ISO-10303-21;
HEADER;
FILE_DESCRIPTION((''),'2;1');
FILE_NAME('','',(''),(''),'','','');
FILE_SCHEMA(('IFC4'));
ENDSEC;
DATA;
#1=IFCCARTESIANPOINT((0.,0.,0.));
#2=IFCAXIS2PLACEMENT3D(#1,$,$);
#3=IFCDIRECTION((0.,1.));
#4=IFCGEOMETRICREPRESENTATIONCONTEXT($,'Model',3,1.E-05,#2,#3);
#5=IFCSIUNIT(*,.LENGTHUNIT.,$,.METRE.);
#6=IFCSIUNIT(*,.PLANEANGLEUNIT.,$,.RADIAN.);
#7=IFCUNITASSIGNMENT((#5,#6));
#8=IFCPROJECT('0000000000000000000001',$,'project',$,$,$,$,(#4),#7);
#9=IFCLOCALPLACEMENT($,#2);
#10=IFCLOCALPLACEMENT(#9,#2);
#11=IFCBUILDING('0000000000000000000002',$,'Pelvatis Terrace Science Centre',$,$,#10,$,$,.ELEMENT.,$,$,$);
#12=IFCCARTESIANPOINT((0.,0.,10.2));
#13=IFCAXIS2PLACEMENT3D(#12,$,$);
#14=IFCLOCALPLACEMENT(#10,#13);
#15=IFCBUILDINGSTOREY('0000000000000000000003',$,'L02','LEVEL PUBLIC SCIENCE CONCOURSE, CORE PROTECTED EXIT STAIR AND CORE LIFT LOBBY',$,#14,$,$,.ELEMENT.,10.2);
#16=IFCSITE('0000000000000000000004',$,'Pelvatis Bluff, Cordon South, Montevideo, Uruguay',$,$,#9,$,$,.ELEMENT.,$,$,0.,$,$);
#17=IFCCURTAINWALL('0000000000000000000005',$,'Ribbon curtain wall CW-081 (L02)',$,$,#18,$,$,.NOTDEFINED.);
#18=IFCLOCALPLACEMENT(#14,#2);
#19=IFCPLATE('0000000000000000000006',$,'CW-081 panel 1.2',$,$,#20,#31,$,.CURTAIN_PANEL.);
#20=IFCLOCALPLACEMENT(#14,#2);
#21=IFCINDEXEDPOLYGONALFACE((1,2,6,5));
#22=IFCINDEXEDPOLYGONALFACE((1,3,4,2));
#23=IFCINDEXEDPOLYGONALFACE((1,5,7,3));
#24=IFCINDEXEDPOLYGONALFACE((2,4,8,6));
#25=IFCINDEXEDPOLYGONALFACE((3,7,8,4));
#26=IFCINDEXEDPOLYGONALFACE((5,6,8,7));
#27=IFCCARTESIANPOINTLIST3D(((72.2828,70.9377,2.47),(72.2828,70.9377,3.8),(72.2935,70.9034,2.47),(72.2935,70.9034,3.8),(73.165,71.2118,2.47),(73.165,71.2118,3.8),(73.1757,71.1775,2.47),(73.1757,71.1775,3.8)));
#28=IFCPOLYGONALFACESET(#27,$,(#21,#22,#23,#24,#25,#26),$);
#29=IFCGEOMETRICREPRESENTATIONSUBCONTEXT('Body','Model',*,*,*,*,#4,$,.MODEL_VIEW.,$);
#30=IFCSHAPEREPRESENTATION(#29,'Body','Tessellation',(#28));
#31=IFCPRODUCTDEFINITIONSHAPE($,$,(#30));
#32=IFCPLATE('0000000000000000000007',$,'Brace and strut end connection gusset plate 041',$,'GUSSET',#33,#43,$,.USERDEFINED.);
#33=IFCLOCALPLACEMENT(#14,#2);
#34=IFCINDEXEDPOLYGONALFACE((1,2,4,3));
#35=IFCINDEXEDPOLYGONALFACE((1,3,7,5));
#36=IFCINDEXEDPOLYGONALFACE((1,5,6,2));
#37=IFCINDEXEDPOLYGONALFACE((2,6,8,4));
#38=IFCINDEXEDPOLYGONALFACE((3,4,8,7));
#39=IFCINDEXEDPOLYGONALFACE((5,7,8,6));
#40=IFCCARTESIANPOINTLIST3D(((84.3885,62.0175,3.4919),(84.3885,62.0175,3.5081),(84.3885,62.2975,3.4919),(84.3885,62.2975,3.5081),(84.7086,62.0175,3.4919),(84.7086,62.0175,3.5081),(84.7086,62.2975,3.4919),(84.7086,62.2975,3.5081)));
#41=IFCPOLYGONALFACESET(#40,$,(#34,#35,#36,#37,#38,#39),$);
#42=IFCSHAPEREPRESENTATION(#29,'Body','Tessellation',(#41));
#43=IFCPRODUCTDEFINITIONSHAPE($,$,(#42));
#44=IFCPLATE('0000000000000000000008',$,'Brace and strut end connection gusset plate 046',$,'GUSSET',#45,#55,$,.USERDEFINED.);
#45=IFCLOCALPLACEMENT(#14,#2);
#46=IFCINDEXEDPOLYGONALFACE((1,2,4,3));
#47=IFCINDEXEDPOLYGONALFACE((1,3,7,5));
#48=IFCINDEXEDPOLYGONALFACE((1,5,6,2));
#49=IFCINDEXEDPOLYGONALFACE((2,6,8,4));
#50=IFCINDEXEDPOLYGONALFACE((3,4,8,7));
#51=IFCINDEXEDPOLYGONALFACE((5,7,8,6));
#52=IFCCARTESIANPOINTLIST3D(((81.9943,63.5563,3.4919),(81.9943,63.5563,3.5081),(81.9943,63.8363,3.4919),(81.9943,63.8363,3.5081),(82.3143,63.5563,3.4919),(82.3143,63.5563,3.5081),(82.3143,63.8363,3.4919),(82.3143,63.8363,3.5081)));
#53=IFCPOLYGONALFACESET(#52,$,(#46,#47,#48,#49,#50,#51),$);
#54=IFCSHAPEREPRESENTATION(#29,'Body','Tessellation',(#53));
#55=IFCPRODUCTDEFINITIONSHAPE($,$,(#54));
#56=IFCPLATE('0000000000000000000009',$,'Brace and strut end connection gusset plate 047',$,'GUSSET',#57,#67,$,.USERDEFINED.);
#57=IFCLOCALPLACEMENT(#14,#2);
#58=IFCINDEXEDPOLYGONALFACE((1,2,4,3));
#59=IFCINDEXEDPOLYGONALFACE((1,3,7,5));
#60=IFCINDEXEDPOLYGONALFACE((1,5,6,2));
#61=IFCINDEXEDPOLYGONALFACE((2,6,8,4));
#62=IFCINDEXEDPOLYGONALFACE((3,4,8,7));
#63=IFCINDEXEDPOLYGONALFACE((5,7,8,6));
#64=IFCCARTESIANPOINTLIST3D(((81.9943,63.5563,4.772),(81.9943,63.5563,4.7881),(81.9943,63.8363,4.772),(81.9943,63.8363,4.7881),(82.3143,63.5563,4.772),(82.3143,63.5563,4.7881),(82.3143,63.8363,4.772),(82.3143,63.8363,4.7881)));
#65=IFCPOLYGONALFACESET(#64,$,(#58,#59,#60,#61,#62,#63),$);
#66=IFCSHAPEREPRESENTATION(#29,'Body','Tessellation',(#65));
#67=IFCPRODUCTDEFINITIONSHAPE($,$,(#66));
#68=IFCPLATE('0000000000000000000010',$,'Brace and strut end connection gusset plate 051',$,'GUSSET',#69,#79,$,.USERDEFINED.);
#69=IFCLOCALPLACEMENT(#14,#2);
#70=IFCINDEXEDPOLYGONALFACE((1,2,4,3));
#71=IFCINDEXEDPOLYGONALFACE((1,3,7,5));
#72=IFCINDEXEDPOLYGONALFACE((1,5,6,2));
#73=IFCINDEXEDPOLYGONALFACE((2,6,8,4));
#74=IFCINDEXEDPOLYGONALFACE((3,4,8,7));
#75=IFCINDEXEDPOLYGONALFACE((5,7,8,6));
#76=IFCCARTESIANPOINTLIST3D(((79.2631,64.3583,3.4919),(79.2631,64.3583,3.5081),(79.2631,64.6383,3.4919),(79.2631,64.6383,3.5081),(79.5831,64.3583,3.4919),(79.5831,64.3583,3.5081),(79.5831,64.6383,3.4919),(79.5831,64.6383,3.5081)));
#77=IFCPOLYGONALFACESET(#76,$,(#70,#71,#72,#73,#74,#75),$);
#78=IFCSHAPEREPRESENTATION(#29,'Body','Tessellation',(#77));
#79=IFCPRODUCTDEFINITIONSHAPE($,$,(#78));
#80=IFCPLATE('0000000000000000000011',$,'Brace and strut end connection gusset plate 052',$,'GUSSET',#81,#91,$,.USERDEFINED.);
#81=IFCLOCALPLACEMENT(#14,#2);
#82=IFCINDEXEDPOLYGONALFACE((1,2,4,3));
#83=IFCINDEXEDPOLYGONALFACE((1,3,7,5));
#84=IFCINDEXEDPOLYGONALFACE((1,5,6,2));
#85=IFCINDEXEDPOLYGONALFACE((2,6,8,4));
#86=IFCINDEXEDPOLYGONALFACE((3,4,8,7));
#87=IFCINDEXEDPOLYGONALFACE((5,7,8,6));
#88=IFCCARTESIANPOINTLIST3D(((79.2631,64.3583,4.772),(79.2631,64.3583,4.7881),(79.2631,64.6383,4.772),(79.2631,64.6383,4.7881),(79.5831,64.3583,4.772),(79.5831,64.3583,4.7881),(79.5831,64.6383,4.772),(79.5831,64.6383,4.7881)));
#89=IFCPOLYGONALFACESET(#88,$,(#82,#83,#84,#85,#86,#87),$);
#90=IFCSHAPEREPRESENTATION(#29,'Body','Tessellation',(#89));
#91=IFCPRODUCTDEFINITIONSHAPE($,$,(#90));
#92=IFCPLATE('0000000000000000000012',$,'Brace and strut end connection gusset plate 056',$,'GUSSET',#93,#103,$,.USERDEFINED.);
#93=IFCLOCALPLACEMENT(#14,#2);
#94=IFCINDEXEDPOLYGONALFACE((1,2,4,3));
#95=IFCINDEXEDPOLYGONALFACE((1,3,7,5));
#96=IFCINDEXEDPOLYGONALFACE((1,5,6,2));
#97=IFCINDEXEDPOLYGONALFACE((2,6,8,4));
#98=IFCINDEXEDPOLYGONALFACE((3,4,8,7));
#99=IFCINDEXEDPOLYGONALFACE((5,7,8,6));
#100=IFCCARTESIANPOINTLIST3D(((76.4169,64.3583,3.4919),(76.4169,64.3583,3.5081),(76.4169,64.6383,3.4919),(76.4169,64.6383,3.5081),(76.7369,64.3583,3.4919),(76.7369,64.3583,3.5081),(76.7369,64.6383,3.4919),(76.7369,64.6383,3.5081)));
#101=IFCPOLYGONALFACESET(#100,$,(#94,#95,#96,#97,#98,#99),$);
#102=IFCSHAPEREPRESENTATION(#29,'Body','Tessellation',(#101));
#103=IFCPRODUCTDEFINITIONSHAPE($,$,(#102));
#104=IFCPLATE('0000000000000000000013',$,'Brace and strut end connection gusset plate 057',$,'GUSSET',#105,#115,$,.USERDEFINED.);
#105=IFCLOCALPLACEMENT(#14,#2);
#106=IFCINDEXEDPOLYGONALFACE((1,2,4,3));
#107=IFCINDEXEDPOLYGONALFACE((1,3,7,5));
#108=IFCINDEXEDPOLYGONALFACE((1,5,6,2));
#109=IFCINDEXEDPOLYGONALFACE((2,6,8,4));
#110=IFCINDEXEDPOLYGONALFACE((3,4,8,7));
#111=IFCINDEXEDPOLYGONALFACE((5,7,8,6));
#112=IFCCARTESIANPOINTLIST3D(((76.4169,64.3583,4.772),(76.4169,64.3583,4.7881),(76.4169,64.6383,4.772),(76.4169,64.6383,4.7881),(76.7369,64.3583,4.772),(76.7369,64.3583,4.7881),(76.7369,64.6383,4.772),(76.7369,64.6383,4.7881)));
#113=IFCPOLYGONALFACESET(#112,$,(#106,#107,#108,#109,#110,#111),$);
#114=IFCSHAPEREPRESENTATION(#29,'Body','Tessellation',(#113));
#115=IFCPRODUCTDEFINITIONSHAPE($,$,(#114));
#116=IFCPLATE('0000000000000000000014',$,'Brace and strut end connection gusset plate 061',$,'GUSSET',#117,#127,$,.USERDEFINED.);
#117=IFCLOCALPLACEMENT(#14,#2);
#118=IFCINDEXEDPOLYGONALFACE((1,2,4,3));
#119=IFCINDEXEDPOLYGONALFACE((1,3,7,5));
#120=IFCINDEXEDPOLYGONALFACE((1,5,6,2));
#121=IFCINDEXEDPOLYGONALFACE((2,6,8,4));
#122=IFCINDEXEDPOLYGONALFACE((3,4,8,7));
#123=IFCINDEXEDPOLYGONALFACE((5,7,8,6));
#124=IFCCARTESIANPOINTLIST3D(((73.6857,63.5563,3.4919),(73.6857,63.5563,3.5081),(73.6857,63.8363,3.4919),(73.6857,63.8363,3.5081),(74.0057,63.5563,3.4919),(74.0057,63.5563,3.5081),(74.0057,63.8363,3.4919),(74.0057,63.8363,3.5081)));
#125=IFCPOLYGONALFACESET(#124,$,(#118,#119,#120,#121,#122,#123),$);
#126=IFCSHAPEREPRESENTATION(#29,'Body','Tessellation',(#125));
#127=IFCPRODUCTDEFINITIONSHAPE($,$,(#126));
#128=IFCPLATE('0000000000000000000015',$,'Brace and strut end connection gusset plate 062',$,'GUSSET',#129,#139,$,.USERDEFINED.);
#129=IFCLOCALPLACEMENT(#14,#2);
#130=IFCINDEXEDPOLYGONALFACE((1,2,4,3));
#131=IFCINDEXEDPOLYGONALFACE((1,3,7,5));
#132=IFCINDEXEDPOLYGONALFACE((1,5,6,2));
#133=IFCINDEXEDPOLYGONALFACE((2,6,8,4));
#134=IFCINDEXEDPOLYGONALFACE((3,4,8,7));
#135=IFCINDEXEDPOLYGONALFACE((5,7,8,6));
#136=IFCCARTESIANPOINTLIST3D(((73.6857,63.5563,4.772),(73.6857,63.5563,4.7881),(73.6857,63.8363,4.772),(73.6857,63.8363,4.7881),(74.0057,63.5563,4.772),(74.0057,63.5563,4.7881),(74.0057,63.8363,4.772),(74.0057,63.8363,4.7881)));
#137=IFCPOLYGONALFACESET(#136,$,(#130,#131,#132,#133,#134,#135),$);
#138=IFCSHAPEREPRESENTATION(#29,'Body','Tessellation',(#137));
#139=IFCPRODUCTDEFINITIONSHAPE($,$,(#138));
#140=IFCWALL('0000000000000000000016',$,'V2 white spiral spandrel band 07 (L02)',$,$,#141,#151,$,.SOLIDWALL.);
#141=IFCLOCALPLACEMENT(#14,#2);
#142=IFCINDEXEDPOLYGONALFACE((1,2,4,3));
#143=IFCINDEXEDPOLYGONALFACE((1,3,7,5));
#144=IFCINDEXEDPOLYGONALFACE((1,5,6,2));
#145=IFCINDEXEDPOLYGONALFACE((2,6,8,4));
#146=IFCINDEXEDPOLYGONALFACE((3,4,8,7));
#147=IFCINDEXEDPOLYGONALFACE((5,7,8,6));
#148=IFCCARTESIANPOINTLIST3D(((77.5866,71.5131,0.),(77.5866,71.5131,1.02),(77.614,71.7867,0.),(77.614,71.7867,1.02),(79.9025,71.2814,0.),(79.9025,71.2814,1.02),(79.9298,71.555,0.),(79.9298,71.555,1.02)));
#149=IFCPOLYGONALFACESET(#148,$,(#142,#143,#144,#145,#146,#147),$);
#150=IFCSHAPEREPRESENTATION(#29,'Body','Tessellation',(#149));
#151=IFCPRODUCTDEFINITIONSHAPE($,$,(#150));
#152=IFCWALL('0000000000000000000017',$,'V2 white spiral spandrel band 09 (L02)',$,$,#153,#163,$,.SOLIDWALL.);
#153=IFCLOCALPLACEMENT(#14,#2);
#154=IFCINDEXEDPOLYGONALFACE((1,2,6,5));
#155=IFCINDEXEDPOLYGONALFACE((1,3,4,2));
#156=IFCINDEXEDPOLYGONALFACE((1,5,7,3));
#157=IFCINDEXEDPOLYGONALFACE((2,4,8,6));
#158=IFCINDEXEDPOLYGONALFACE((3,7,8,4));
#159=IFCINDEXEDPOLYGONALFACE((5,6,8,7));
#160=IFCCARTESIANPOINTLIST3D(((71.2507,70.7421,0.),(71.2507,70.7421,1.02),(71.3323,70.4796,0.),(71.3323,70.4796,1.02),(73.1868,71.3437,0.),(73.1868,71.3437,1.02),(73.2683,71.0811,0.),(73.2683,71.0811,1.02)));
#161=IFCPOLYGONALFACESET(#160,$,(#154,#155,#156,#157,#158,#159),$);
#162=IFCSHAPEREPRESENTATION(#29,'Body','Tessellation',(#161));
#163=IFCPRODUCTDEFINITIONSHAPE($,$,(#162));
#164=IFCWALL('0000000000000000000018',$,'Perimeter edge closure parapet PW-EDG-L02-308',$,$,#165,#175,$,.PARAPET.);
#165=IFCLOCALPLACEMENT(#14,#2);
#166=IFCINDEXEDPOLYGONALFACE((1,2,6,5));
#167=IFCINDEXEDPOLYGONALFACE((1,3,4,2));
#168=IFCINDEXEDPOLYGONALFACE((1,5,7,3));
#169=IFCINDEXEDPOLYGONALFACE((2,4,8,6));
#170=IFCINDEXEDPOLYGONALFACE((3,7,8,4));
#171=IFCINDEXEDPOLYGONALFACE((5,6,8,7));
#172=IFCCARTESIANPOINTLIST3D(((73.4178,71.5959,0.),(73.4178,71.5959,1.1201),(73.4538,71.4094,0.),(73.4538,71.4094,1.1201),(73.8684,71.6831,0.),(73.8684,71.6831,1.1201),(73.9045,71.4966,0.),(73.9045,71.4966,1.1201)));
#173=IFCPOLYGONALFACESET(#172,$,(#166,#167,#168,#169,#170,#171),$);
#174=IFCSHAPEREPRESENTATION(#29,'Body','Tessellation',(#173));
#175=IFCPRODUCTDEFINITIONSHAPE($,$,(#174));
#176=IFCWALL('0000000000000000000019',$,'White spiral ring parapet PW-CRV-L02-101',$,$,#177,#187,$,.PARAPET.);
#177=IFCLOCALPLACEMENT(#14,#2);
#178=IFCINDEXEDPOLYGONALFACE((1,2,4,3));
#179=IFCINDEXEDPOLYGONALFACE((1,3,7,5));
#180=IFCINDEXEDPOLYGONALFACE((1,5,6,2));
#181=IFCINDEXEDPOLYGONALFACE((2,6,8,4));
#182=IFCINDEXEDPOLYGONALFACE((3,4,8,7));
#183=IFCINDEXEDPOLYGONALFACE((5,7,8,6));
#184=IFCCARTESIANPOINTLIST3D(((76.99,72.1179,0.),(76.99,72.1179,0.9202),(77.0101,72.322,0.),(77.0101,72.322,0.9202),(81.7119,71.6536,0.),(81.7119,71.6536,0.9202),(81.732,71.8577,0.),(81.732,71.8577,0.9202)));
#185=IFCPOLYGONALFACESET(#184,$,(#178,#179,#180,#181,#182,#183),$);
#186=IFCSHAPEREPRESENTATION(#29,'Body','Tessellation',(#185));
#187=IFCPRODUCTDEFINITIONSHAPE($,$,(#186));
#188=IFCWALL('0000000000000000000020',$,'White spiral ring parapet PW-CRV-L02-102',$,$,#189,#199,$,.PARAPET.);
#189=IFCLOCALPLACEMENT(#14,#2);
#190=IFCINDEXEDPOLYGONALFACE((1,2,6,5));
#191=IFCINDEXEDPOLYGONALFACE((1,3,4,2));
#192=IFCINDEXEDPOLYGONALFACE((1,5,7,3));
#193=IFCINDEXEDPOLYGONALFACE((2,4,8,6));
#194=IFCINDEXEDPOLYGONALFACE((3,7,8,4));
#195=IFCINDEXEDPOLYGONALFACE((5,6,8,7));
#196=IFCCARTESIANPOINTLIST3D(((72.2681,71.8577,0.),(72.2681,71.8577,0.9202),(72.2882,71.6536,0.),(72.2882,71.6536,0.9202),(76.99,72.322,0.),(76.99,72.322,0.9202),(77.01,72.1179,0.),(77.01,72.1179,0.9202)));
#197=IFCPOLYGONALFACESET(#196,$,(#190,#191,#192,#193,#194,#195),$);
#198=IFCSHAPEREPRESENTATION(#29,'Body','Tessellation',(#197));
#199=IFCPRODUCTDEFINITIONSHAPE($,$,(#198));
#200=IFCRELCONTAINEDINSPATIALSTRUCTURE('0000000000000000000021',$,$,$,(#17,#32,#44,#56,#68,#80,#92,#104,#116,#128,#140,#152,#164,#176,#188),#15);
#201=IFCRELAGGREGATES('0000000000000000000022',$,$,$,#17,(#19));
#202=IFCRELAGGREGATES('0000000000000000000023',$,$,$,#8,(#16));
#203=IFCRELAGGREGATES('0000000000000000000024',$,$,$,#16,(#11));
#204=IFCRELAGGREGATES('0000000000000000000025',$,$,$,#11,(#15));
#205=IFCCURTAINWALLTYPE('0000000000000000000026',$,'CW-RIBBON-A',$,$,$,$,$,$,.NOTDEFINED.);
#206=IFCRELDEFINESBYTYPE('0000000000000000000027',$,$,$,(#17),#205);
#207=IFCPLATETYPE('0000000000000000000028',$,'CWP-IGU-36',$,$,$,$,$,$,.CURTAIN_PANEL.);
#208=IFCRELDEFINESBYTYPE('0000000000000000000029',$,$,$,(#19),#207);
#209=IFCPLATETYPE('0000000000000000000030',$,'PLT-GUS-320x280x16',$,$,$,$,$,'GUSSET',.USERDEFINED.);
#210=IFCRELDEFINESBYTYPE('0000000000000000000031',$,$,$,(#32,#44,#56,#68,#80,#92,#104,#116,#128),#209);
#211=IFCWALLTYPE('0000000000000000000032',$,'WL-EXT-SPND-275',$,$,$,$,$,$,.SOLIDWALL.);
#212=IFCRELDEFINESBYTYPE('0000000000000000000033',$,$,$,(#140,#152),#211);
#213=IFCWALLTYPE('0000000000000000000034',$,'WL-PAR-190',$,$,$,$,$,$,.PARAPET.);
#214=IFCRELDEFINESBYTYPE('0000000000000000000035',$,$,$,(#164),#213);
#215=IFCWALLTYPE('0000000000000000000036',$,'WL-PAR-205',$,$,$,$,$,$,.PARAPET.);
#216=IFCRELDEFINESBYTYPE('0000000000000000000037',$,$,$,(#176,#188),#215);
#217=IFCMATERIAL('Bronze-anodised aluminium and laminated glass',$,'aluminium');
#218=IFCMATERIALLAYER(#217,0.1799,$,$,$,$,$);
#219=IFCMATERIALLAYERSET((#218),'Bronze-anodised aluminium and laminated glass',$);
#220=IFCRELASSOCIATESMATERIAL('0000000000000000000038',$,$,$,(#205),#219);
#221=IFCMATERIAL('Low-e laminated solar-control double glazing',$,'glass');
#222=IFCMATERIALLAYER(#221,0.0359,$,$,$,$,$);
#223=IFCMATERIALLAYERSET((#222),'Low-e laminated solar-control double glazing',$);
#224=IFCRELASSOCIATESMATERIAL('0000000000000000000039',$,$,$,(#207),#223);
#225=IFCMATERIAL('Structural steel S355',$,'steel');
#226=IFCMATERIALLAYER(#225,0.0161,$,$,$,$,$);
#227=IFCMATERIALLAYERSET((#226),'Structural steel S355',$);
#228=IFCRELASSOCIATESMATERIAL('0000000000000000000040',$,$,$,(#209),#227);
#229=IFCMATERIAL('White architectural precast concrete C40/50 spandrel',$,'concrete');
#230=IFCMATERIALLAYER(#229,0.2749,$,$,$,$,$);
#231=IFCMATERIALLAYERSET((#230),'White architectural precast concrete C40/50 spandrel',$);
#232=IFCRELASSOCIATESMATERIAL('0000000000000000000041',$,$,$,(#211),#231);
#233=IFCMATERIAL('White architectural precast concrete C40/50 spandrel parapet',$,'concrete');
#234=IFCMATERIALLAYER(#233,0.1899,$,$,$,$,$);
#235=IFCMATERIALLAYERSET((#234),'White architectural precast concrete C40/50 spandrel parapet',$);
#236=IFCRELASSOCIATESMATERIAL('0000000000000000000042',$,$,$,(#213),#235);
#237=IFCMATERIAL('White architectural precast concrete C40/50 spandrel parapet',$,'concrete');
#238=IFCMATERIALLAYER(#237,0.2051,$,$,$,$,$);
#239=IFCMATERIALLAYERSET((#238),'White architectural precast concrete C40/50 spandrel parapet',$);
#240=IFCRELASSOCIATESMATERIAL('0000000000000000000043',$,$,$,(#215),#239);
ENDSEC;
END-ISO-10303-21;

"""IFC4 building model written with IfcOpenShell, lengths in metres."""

from ifc_helpers import new_model, si_unit, direction, frame, frame_2d, origin, origin_2d, place, context, subcontext, project, spatial, rectangle, extrude, material, layer, layer_set, type_object, element, aggregate, save


model = new_model("IFC4")

# Units and contexts
model_context = context("Model", 3, precision=1e-05, world=origin(), true_north=direction((0.0, 1.0)))
body_context = subcontext(model_context, "Body", "Model", "MODEL_VIEW")
ifc_project = project(units=[si_unit("LENGTHUNIT", "METRE"), si_unit("PLANEANGLEUNIT", "RADIAN")], contexts=[model_context])

# Site, building, storey
site_placement = place(None, origin())
site = spatial("IfcSite", under=ifc_project, at=site_placement, Name="Pelvatis Bluff, Cordon South, Montevideo, Uruguay", CompositionType="ELEMENT", RefElevation=0.0)
building_placement = place(site_placement, origin())
building = spatial("IfcBuilding", under=site, at=building_placement, Name="Pelvatis Terrace Science Centre", CompositionType="ELEMENT")
storey_placement = place(building_placement, frame((0.0, 0.0, 10.2)))
storey = spatial("IfcBuildingStorey", under=building, at=storey_placement, Name="L02", Description="LEVEL PUBLIC SCIENCE CONCOURSE, CORE PROTECTED EXIT STAIR AND CORE LIFT LOBBY", CompositionType="ELEMENT", Elevation=10.2)

# Shared definitions
ifc_material_1 = material(Name="Bronze-anodised aluminium and laminated glass", Category="aluminium")
ifc_layer_1 = layer(ifc_material_1, 0.1799)
ifc_layer_set_1 = layer_set([ifc_layer_1], Name="Bronze-anodised aluminium and laminated glass")
curtain_wall_type = type_object("IfcCurtainWallType", Name="CW-RIBBON-A", PredefinedType="NOTDEFINED", material=ifc_layer_set_1)

# Curtain wall
curtain_wall_1_placement = place(storey_placement, origin())
curtain_wall_1 = element("IfcCurtainWall", 1, at=curtain_wall_1_placement, inside=storey, type_object=curtain_wall_type, Name="Ribbon curtain wall CW-081 (L02)", PredefinedType="NOTDEFINED")

# Plate
ifc_material_2 = material(Name="Low-e laminated solar-control double glazing", Category="glass")
ifc_layer_2 = layer(ifc_material_2, 0.0359)
ifc_layer_set_2 = layer_set([ifc_layer_2], Name="Low-e laminated solar-control double glazing")
plate_type_1 = type_object("IfcPlateType", Name="CWP-IGU-36", PredefinedType="CURTAIN_PANEL", material=ifc_layer_set_2)
plate_1_placement = place(storey_placement, frame((72.7292, 71.0576, 2.47), z_axis=(0.0, 0.0, 1.0), x_axis=(-0.954961, -0.296733, 0.0)))
plate_1 = element("IfcPlate", 2, at=plate_1_placement, type_object=plate_type_1, Name="CW-081 panel 1.2", PredefinedType="CURTAIN_PANEL", context=body_context, shape_type="SweptSolid", body=[
    extrude(rectangle(XDim=0.9238, YDim=0.0359, at=origin_2d()), origin(), (0.0, 0.0, 1.0), 1.3301),
])
aggregate(curtain_wall_1, [plate_1])

# Plates
ifc_material_3 = material(Name="Structural steel S355", Category="steel")
ifc_layer_3 = layer(ifc_material_3, 0.0161)
ifc_layer_set_3 = layer_set([ifc_layer_3], Name="Structural steel S355")
plate_type_2 = type_object("IfcPlateType", Name="PLT-GUS-320x280x16", ElementType="GUSSET", PredefinedType="USERDEFINED", material=ifc_layer_set_3)
for number, where, z_axis, x_axis, name in (
    (3, (84.5486, 62.1575, 3.4919), (0.0, 0.0, 1.0), (1.0, 0.0, 0.0), "Brace and strut end connection gusset plate 041"),
    (4, (82.1543, 63.6963, 3.4919), (0.0, 0.0, 1.0), (1.0, 0.0, 0.0), "Brace and strut end connection gusset plate 046"),
    (5, (82.1543, 63.6963, 4.772), (0.0, 0.0, 1.0), (1.0, 0.0, 0.0), "Brace and strut end connection gusset plate 047"),
    (6, (79.4231, 64.4983, 3.4919), (0.0, 0.0, 1.0), (1.0, 0.0, 0.0), "Brace and strut end connection gusset plate 051"),
    (7, (79.4231, 64.4983, 4.772), (0.0, 0.0, 1.0), (1.0, 0.0, 0.0), "Brace and strut end connection gusset plate 052"),
    (8, (76.5769, 64.4983, 3.4919), (0.0, 0.0, 1.0), (1.0, 0.0, 0.0), "Brace and strut end connection gusset plate 056"),
    (9, (76.5769, 64.4983, 4.772), (0.0, 0.0, 1.0), (1.0, 0.0, 0.0), "Brace and strut end connection gusset plate 057"),
    (10, (73.8457, 63.6963, 3.4919), (0.0, 0.0, 1.0), (1.0, 0.0, 0.0), "Brace and strut end connection gusset plate 061"),
    (11, (73.8457, 63.6963, 4.772), (0.0, 0.0, 1.0), (1.0, 0.0, 0.0), "Brace and strut end connection gusset plate 062"),
):
    element("IfcPlate", number, at=place(storey_placement, frame(where, z_axis=z_axis, x_axis=x_axis)), inside=storey, type_object=plate_type_2, Name=name, ObjectType="GUSSET", PredefinedType="USERDEFINED", context=body_context, shape_type="SweptSolid", body=[
        extrude(rectangle(XDim=0.3201, YDim=0.28, at=origin_2d()), origin(), (0.0, 0.0, 1.0), 0.0161),
    ])

# Walls
ifc_material_4 = material(Name="White architectural precast concrete C40/50 spandrel", Category="concrete")
ifc_layer_4 = layer(ifc_material_4, 0.2749)
ifc_layer_set_4 = layer_set([ifc_layer_4], Name="White architectural precast concrete C40/50 spandrel")
wall_type_1 = type_object("IfcWallType", Name="WL-EXT-SPND-275", PredefinedType="SOLIDWALL", material=ifc_layer_set_4)
wall_1_placement = place(storey_placement, frame((79.916, 71.4182, 0.0), z_axis=(0.0, 0.0, 1.0), x_axis=(-0.995033, 0.099545, 0.0)))
element("IfcWall", 12, at=wall_1_placement, inside=storey, type_object=wall_type_1, Name="V2 white spiral spandrel band 07 (L02)", PredefinedType="SOLIDWALL", context=body_context, shape_type="SweptSolid", body=[
    extrude(rectangle(XDim=2.3274, YDim=0.2749, at=frame_2d((1.1636, 0.0))), origin(), (0.0, 0.0, 1.0), 1.02),
])
wall_2_placement = place(storey_placement, frame((73.2275, 71.2124, 0.0), z_axis=(0.0, 0.0, 1.0), x_axis=(-0.954963, -0.296725, 0.0)))
element("IfcWall", 13, at=wall_2_placement, inside=storey, type_object=wall_type_1, Name="V2 white spiral spandrel band 09 (L02)", PredefinedType="SOLIDWALL", context=body_context, shape_type="SweptSolid", body=[
    extrude(rectangle(XDim=2.0273, YDim=0.2749, at=frame_2d((1.0137, 0.0))), origin(), (0.0, 0.0, 1.0), 1.02),
])
ifc_material_5 = material(Name="White architectural precast concrete C40/50 spandrel parapet", Category="concrete")
ifc_layer_5 = layer(ifc_material_5, 0.1899)
ifc_layer_set_5 = layer_set([ifc_layer_5], Name="White architectural precast concrete C40/50 spandrel parapet")
wall_type_2 = type_object("IfcWallType", Name="WL-PAR-190", PredefinedType="PARAPET", material=ifc_layer_set_5)
wall_3_placement = place(storey_placement, frame((73.4358, 71.5027, 0.0), z_axis=(0.0, 0.0, 1.0), x_axis=(0.981809, 0.189873, 0.0)))
element("IfcWall", 14, at=wall_3_placement, inside=storey, type_object=wall_type_2, Name="Perimeter edge closure parapet PW-EDG-L02-308", PredefinedType="PARAPET", context=body_context, shape_type="SweptSolid", body=[
    extrude(rectangle(XDim=0.459, YDim=0.1899, at=frame_2d((0.2295, 0.0))), origin(), (0.0, 0.0, 1.0), 1.1201),
])
ifc_material_6 = material(Name="White architectural precast concrete C40/50 spandrel parapet", Category="concrete")
ifc_layer_6 = layer(ifc_material_6, 0.2051)
ifc_layer_set_6 = layer_set([ifc_layer_6], Name="White architectural precast concrete C40/50 spandrel parapet")
wall_type_3 = type_object("IfcWallType", Name="WL-PAR-205", PredefinedType="PARAPET", material=ifc_layer_set_6)
for number, where, z_axis, x_axis, name in (
    (15, (81.7219, 71.7556, 0.0), (0.0, 0.0, 1.0), (-0.995199, 0.097868, 0.0), "White spiral ring parapet PW-CRV-L02-101"),
    (16, (77.0, 72.22, 0.0), (0.0, 0.0, 1.0), (-0.995199, -0.097868, 0.0), "White spiral ring parapet PW-CRV-L02-102"),
):
    element("IfcWall", number, at=place(storey_placement, frame(where, z_axis=z_axis, x_axis=x_axis)), inside=storey, type_object=wall_type_3, Name=name, PredefinedType="PARAPET", context=body_context, shape_type="SweptSolid", body=[
        extrude(rectangle(XDim=4.7446, YDim=0.2051, at=frame_2d((2.3723, 0.0))), origin(), (0.0, 0.0, 1.0), 0.9202),
    ])

save(model, "model.ifc")
